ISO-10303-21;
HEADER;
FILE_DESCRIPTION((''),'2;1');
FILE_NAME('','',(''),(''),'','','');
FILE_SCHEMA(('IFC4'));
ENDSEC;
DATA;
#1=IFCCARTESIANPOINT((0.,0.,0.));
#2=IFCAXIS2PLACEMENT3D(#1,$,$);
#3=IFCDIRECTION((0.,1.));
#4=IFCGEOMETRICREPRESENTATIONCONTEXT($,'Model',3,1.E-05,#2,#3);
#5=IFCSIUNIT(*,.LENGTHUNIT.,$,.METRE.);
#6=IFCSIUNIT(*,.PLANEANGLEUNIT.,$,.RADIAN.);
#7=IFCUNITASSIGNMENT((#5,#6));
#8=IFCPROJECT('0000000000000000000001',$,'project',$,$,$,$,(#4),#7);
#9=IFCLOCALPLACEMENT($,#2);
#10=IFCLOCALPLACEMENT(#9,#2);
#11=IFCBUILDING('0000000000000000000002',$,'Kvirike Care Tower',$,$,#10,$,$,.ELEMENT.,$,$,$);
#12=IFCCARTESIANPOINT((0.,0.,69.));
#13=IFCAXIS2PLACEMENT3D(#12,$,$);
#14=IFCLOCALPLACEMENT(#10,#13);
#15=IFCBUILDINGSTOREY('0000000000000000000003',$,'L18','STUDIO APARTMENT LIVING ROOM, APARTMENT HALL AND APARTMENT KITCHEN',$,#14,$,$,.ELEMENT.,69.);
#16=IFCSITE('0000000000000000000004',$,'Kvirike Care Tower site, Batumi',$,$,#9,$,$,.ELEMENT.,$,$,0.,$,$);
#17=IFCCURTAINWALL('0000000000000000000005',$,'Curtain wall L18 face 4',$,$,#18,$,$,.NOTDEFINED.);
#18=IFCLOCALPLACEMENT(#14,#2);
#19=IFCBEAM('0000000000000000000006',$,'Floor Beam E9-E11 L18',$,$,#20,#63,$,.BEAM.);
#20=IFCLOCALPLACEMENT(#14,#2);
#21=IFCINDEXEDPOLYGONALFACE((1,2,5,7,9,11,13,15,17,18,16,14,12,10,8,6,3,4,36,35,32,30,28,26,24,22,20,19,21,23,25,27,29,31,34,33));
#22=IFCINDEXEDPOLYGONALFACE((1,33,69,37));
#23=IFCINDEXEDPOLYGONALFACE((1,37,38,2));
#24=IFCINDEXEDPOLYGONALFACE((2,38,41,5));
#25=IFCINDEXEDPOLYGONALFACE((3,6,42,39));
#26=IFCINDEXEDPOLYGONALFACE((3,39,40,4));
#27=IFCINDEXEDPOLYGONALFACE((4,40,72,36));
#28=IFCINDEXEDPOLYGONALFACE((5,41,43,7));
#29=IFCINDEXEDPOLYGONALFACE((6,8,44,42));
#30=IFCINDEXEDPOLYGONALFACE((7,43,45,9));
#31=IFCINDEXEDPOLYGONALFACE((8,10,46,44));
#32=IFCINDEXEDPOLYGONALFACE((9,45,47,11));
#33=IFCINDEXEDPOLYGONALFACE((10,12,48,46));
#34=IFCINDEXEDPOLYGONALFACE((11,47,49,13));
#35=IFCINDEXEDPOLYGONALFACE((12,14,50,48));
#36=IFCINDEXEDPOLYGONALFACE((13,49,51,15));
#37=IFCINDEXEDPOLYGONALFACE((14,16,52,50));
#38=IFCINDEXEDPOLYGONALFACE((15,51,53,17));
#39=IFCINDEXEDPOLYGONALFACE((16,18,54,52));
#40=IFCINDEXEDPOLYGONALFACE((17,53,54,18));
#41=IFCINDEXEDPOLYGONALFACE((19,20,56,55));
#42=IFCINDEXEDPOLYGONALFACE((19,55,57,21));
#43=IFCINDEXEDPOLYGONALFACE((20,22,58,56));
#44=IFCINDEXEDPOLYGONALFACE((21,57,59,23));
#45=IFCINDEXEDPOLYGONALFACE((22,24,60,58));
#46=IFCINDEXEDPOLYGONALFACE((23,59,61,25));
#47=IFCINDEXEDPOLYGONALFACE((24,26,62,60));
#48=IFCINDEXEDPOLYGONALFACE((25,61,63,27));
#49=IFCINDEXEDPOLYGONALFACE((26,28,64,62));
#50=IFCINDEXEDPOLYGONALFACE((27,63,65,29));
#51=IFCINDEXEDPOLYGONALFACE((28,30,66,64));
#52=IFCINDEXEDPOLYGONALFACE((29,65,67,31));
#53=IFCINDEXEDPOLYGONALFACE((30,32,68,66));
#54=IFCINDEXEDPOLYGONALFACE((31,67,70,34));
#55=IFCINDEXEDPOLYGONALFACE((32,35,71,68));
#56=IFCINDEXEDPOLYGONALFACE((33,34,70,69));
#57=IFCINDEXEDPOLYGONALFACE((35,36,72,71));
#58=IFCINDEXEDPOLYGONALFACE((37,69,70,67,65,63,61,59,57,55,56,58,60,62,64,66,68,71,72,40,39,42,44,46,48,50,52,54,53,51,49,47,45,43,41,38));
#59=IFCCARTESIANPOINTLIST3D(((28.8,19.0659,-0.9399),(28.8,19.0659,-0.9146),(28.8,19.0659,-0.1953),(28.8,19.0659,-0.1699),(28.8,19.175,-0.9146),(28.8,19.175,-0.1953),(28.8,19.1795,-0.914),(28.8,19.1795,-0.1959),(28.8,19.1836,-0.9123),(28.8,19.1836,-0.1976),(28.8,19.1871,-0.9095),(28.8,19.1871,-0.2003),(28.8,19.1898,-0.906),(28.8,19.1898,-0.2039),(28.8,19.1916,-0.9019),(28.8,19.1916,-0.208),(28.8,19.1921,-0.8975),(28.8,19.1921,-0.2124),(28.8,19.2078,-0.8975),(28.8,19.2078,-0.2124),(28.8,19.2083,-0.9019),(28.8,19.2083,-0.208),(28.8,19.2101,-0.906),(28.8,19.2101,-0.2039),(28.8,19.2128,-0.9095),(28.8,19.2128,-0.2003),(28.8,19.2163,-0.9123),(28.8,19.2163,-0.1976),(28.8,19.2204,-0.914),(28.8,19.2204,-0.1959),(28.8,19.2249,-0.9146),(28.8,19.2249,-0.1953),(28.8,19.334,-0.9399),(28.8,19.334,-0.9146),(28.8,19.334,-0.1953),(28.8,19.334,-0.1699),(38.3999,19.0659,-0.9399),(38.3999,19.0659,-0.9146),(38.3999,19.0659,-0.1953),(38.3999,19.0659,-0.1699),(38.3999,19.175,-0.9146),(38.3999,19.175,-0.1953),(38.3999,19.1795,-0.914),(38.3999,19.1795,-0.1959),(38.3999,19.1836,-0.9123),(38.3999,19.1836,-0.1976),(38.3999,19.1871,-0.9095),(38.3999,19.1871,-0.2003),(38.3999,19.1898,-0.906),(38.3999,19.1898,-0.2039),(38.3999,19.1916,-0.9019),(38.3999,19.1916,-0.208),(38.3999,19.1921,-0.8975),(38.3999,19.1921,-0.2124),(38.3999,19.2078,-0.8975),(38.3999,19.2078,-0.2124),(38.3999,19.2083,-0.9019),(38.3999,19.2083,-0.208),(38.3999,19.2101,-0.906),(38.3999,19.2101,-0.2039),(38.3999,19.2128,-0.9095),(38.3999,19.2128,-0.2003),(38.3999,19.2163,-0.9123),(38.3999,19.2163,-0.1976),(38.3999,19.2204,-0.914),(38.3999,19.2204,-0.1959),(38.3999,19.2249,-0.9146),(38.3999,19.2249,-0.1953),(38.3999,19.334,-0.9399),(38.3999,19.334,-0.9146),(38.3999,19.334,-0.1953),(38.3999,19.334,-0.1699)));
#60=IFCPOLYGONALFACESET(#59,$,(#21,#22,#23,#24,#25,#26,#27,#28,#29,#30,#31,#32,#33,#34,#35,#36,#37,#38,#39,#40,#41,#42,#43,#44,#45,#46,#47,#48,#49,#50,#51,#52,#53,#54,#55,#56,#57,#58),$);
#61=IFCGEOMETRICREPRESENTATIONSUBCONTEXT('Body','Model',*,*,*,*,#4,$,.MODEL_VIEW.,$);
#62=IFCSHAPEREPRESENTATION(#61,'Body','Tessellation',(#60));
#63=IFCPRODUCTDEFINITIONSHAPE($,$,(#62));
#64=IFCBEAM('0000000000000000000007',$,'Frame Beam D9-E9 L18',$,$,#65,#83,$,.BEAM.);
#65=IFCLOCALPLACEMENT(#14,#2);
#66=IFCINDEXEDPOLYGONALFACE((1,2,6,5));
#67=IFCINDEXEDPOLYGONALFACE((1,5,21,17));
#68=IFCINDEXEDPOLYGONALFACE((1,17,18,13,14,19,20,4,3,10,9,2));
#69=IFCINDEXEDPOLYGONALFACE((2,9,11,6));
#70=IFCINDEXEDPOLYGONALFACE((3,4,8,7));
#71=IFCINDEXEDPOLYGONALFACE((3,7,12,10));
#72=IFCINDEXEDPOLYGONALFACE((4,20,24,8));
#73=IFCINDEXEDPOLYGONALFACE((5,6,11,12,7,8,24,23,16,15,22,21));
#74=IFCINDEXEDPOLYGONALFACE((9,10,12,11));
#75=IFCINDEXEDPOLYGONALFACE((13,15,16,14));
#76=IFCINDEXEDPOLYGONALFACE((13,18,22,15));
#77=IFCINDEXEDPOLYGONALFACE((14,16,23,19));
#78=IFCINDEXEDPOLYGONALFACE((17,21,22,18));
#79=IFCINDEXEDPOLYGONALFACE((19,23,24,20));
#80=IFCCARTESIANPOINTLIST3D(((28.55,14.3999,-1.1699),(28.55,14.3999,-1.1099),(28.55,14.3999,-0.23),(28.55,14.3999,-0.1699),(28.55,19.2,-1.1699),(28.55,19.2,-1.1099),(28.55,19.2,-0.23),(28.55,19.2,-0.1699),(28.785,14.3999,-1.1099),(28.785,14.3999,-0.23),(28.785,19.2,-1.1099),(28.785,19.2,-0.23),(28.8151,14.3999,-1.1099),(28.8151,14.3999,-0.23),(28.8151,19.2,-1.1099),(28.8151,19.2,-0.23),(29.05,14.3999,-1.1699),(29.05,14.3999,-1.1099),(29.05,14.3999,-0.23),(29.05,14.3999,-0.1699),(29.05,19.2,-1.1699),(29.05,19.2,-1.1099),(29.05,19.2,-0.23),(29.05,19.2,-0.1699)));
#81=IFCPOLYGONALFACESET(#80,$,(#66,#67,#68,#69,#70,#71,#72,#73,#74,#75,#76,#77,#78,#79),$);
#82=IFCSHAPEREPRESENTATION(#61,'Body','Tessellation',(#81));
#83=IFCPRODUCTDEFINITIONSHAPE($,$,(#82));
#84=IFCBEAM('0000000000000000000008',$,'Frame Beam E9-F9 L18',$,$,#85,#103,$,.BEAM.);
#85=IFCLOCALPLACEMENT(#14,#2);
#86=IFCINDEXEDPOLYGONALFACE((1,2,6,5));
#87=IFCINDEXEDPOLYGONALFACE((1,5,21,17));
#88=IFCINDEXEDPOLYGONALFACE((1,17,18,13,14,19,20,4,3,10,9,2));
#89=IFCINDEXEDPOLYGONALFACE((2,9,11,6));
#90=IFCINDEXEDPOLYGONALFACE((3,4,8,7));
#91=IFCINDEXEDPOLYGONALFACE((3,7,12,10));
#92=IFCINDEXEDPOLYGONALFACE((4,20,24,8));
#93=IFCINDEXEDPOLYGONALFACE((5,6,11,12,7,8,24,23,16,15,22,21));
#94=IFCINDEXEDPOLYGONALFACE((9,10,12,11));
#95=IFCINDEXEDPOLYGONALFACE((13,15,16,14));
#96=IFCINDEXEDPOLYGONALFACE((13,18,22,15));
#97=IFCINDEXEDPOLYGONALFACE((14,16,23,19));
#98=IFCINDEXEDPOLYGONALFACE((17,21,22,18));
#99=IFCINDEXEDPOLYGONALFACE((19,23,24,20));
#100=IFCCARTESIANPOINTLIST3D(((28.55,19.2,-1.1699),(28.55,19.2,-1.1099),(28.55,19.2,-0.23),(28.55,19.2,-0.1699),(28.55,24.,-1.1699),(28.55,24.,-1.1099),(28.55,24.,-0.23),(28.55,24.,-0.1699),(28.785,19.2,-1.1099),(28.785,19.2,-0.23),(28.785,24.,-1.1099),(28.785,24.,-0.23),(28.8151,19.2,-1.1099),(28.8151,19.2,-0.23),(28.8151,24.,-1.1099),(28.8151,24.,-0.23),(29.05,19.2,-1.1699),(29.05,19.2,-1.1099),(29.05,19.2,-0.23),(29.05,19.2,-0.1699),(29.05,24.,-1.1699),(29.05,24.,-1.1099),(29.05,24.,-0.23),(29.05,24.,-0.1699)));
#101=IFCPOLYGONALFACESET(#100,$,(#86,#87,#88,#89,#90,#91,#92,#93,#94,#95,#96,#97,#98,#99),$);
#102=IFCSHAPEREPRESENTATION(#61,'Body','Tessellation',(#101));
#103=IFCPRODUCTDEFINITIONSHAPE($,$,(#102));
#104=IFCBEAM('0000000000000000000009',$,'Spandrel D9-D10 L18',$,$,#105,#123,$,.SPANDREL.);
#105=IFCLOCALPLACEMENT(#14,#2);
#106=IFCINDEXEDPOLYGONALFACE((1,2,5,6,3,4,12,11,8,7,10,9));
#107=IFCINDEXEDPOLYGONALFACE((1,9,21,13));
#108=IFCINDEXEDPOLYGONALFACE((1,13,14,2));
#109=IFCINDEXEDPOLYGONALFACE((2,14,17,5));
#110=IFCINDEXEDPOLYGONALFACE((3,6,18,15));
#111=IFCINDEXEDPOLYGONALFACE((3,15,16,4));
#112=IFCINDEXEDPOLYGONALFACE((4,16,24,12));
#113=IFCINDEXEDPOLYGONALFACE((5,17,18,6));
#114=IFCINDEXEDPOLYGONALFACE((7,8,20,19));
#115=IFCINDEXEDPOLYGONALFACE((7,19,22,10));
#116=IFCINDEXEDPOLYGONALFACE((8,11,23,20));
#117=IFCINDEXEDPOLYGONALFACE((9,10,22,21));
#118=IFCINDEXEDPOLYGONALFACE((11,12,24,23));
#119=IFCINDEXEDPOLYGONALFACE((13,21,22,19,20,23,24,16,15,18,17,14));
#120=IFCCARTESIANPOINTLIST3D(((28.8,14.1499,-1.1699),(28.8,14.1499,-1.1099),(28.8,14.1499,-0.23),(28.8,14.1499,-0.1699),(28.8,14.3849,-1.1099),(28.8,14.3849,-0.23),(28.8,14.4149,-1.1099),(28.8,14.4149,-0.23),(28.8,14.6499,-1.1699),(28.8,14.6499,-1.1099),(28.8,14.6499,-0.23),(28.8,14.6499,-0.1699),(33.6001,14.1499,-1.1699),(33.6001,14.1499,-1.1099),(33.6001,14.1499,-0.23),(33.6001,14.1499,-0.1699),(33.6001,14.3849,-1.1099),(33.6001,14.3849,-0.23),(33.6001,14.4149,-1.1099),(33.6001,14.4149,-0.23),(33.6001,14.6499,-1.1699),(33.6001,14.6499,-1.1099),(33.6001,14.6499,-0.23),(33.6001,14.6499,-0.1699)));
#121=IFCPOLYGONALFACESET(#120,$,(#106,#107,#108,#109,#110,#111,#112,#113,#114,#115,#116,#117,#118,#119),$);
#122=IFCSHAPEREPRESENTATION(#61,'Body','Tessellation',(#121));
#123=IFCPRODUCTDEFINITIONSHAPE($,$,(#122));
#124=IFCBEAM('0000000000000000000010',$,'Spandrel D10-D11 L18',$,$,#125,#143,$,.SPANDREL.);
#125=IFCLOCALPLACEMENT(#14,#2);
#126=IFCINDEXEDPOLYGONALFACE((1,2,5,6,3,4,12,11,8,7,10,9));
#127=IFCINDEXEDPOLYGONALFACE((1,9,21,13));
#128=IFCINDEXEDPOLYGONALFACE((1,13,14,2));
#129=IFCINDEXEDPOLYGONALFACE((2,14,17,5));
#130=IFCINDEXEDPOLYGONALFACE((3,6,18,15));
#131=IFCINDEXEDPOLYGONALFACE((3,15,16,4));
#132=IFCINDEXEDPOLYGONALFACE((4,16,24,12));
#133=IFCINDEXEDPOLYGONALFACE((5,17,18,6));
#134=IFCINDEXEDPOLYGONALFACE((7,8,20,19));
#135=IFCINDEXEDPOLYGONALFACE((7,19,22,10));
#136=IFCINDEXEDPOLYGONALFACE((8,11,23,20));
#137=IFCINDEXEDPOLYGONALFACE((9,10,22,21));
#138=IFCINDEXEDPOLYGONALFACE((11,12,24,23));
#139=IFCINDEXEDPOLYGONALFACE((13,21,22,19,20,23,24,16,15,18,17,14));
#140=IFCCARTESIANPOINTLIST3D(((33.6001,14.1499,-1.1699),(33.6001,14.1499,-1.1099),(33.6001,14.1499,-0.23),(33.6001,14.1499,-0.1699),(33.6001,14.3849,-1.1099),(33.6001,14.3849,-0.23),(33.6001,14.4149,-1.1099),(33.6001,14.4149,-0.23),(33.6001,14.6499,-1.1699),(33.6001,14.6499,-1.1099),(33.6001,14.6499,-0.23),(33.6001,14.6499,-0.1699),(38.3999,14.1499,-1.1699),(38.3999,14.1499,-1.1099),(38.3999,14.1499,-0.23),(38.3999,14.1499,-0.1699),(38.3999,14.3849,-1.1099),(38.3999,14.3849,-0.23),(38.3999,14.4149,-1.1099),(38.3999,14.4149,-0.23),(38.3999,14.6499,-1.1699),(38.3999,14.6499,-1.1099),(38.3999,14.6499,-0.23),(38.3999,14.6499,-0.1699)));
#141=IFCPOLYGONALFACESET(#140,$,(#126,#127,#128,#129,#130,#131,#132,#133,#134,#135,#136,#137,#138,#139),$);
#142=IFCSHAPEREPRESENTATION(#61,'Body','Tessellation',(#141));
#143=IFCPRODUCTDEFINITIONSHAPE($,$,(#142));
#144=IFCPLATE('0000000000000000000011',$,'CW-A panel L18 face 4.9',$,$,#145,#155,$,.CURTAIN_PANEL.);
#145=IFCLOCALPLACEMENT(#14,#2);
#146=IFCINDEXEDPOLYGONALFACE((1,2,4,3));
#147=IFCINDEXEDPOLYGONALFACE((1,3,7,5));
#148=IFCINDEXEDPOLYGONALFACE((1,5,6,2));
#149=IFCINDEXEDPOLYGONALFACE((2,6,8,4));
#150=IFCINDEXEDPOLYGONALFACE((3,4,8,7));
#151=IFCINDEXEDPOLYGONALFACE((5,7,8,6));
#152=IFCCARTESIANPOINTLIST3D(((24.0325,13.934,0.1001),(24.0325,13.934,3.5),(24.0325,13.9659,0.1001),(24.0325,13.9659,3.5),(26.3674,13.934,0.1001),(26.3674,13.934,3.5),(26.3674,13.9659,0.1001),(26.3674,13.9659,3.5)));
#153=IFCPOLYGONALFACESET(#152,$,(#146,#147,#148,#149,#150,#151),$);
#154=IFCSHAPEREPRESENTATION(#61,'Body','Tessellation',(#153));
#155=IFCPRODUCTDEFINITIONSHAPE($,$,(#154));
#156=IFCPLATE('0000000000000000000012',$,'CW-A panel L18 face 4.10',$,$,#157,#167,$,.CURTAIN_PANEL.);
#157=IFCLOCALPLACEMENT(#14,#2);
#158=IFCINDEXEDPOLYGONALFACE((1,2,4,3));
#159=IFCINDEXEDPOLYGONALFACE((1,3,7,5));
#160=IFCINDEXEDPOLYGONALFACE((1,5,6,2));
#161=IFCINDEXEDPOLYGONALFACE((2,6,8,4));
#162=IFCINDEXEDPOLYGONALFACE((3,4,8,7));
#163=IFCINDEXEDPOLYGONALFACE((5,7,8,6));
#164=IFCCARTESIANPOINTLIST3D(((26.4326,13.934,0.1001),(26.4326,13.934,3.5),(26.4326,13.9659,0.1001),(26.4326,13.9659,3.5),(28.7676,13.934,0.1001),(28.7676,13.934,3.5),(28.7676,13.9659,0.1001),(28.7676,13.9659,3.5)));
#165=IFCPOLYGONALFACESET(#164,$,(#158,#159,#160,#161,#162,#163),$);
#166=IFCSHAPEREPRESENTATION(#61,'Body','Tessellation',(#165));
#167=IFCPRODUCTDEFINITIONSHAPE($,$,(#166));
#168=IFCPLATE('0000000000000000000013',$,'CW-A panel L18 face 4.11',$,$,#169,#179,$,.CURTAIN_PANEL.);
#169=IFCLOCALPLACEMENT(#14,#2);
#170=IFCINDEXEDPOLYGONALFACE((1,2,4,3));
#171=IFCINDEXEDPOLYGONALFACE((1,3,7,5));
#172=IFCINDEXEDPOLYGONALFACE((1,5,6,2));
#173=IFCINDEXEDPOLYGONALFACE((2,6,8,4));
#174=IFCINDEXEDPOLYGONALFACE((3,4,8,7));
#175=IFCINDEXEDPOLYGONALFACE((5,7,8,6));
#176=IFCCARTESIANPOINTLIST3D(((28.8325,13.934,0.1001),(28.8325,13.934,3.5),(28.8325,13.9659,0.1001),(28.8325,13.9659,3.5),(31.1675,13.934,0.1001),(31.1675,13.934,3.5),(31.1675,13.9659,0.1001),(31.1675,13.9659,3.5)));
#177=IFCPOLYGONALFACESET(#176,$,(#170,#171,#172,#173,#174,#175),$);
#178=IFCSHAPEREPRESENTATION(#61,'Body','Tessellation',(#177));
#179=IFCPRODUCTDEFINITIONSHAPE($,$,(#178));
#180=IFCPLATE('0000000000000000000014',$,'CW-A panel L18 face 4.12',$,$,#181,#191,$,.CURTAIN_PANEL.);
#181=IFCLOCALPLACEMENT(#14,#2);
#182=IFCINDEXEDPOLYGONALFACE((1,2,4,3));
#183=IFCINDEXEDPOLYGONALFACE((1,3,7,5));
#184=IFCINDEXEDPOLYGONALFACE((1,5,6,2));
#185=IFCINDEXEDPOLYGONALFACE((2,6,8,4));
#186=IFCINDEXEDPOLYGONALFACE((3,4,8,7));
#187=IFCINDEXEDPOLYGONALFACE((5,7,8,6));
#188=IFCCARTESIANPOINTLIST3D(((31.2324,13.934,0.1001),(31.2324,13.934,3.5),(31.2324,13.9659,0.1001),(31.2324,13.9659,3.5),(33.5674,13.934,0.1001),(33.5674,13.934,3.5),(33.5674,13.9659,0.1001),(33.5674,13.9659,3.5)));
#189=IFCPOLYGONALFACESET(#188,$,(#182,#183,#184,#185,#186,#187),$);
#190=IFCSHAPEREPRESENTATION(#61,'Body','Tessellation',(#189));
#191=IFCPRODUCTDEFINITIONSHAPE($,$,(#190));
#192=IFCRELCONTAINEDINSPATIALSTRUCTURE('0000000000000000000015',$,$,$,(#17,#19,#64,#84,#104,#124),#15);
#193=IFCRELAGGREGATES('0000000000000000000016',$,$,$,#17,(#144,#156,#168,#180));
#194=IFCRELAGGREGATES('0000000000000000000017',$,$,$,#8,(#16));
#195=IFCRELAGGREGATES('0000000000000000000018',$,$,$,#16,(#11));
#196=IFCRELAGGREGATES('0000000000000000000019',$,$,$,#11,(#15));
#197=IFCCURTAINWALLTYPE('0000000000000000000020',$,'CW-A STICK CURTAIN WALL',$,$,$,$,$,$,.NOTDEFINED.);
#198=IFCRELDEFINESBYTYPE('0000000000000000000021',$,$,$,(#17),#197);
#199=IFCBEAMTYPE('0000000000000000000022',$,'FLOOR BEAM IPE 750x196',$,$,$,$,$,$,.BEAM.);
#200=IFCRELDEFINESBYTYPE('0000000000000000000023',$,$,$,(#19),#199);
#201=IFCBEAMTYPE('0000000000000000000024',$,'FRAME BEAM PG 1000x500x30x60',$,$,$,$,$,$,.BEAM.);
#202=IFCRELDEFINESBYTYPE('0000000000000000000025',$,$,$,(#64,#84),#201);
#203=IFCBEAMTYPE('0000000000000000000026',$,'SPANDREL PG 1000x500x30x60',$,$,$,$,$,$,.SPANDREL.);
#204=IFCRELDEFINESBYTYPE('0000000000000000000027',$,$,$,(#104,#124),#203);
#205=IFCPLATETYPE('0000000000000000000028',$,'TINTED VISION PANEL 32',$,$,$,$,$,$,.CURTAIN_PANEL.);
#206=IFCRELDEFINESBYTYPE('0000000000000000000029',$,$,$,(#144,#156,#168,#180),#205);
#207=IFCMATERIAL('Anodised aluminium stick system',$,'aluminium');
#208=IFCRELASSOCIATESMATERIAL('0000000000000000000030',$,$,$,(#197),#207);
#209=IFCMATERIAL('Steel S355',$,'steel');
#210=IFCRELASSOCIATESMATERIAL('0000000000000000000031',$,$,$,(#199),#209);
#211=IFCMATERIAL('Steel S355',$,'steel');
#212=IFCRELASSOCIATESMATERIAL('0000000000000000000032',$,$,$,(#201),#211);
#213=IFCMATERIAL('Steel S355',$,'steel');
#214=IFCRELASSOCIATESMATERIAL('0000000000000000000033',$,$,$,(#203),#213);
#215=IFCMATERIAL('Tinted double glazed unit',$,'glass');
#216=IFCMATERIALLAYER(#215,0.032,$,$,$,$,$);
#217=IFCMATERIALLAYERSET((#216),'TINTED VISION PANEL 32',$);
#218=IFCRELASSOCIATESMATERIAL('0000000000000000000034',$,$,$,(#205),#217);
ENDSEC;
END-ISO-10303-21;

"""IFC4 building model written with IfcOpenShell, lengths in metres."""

from ifc_helpers import new_model, si_unit, direction, frame, origin, origin_2d, place, context, subcontext, project, spatial, rectangle, i_section, extrude, material, layer, layer_set, material_profile, profile_set, type_object, element, aggregate, save


model = new_model("IFC4")

# Units and contexts
model_context = context("Model", 3, precision=1e-05, world=origin(), true_north=direction((0.0, 1.0)))
body_context = subcontext(model_context, "Body", "Model", "MODEL_VIEW")
ifc_project = project(units=[si_unit("LENGTHUNIT", "METRE"), si_unit("PLANEANGLEUNIT", "RADIAN")], contexts=[model_context])

# Site, building, storey
site_placement = place(None, origin())
site = spatial("IfcSite", under=ifc_project, at=site_placement, Name="Kvirike Care Tower site, Batumi", CompositionType="ELEMENT", RefElevation=0.0)
building_placement = place(site_placement, origin())
building = spatial("IfcBuilding", under=site, at=building_placement, Name="Kvirike Care Tower", CompositionType="ELEMENT")
storey_placement = place(building_placement, frame((0.0, 0.0, 69.0)))
storey = spatial("IfcBuildingStorey", under=building, at=storey_placement, Name="L18", Description="STUDIO APARTMENT LIVING ROOM, APARTMENT HALL AND APARTMENT KITCHEN", CompositionType="ELEMENT", Elevation=69.0)

# Curtain wall
ifc_material_1 = material(Name="Anodised aluminium stick system", Category="aluminium")
curtain_wall_type = type_object("IfcCurtainWallType", Name="CW-A STICK CURTAIN WALL", PredefinedType="NOTDEFINED", material=ifc_material_1)
curtain_wall_placement = place(storey_placement, origin())
curtain_wall = element("IfcCurtainWall", 1, at=curtain_wall_placement, inside=storey, type_object=curtain_wall_type, Name="Curtain wall L18 face 4", PredefinedType="NOTDEFINED")

# Beams
ifc_material_2 = material(Name="Steel S355", Category="steel")
ifc_material_profile_1 = material_profile(ifc_material_2, i_section(OverallWidth=0.2681, OverallDepth=0.77, WebThickness=0.0156, FlangeThickness=0.0254, FilletRadius=0.0171, at=origin_2d()), Name="IPE 750x196")
ifc_profile_set_1 = profile_set([ifc_material_profile_1], Name="Steel S355")
beam_type_1 = type_object("IfcBeamType", Name="FLOOR BEAM IPE 750x196", PredefinedType="BEAM", material=ifc_profile_set_1)
beam_1_placement = place(storey_placement, frame((28.8, 19.2, -0.5549), z_axis=(1.0, 0.0, 0.0), x_axis=(0.0, 1.0, 0.0)))
element("IfcBeam", 2, at=beam_1_placement, inside=storey, type_object=beam_type_1, Name="Floor Beam E9-E11 L18", PredefinedType="BEAM", context=body_context, shape_type="SweptSolid", body=[
    extrude(i_section(OverallWidth=0.2681, OverallDepth=0.77, WebThickness=0.0156, FlangeThickness=0.0254, FilletRadius=0.0171, at=origin_2d()), origin(), (0.0, 0.0, 1.0), 9.5999),
])
ifc_material_3 = material(Name="Steel S355", Category="steel")
ifc_material_profile_2 = material_profile(ifc_material_3, i_section(OverallWidth=0.5, OverallDepth=1.0, WebThickness=0.03, FlangeThickness=0.0601, at=origin_2d()), Name="PG 1000x500x30x60")
ifc_profile_set_2 = profile_set([ifc_material_profile_2], Name="Steel S355")
beam_type_2 = type_object("IfcBeamType", Name="FRAME BEAM PG 1000x500x30x60", PredefinedType="BEAM", material=ifc_profile_set_2)
for number, where, z_axis, x_axis, name in (
    (3, (28.8, 14.3999, -0.6699), (0.0, 1.0, 0.0), (-1.0, 0.0, 0.0), "Frame Beam D9-E9 L18"),
    (4, (28.8, 19.2, -0.6699), (0.0, 1.0, 0.0), (-1.0, 0.0, 0.0), "Frame Beam E9-F9 L18"),
):
    element("IfcBeam", number, at=place(storey_placement, frame(where, z_axis=z_axis, x_axis=x_axis)), inside=storey, type_object=beam_type_2, Name=name, PredefinedType="BEAM", context=body_context, shape_type="SweptSolid", body=[
        extrude(i_section(OverallWidth=0.5, OverallDepth=1.0, WebThickness=0.03, FlangeThickness=0.0601, at=origin_2d()), origin(), (0.0, 0.0, 1.0), 4.8),
    ])
ifc_material_4 = material(Name="Steel S355", Category="steel")
ifc_material_profile_3 = material_profile(ifc_material_4, i_section(OverallWidth=0.5, OverallDepth=1.0, WebThickness=0.03, FlangeThickness=0.0601, at=origin_2d()), Name="PG 1000x500x30x60")
ifc_profile_set_3 = profile_set([ifc_material_profile_3], Name="Steel S355")
beam_type_3 = type_object("IfcBeamType", Name="SPANDREL PG 1000x500x30x60", PredefinedType="SPANDREL", material=ifc_profile_set_3)
beam_2_placement = place(storey_placement, frame((28.8, 14.3999, -0.6699), z_axis=(1.0, 0.0, 0.0), x_axis=(0.0, 1.0, 0.0)))
element("IfcBeam", 5, at=beam_2_placement, inside=storey, type_object=beam_type_3, Name="Spandrel D9-D10 L18", PredefinedType="SPANDREL", context=body_context, shape_type="SweptSolid", body=[
    extrude(i_section(OverallWidth=0.5, OverallDepth=1.0, WebThickness=0.03, FlangeThickness=0.0601, at=origin_2d()), origin(), (0.0, 0.0, 1.0), 4.8),
])
beam_3_placement = place(storey_placement, frame((33.6001, 14.3999, -0.6699), z_axis=(1.0, 0.0, 0.0), x_axis=(0.0, 1.0, 0.0)))
element("IfcBeam", 6, at=beam_3_placement, inside=storey, type_object=beam_type_3, Name="Spandrel D10-D11 L18", PredefinedType="SPANDREL", context=body_context, shape_type="SweptSolid", body=[
    extrude(i_section(OverallWidth=0.5, OverallDepth=1.0, WebThickness=0.03, FlangeThickness=0.0601, at=origin_2d()), origin(), (0.0, 0.0, 1.0), 4.7998),
])

# Plates
ifc_material_5 = material(Name="Tinted double glazed unit", Category="glass")
ifc_layer_1 = layer(ifc_material_5, 0.032)
ifc_layer_set_1 = layer_set([ifc_layer_1], Name="TINTED VISION PANEL 32")
plate_type = type_object("IfcPlateType", Name="TINTED VISION PANEL 32", PredefinedType="CURTAIN_PANEL", material=ifc_layer_set_1)
plate_1_placement = place(storey_placement, frame((25.2, 13.95, 0.1001), z_axis=(0.0, 0.0, 1.0), x_axis=(1.0, 0.0, 0.0)))
plate_1 = element("IfcPlate", 7, at=plate_1_placement, type_object=plate_type, Name="CW-A panel L18 face 4.9", PredefinedType="CURTAIN_PANEL", context=body_context, shape_type="SweptSolid", body=[
    extrude(rectangle(XDim=2.335, YDim=0.032, at=origin_2d()), origin(), (0.0, 0.0, 1.0), 3.3999),
])
plate_2_placement = place(storey_placement, frame((27.6001, 13.95, 0.1001), z_axis=(0.0, 0.0, 1.0), x_axis=(1.0, 0.0, 0.0)))
plate_2 = element("IfcPlate", 8, at=plate_2_placement, type_object=plate_type, Name="CW-A panel L18 face 4.10", PredefinedType="CURTAIN_PANEL", context=body_context, shape_type="SweptSolid", body=[
    extrude(rectangle(XDim=2.335, YDim=0.032, at=origin_2d()), origin(), (0.0, 0.0, 1.0), 3.3999),
])
plate_3_placement = place(storey_placement, frame((30.0, 13.95, 0.1001), z_axis=(0.0, 0.0, 1.0), x_axis=(1.0, 0.0, 0.0)))
plate_3 = element("IfcPlate", 9, at=plate_3_placement, type_object=plate_type, Name="CW-A panel L18 face 4.11", PredefinedType="CURTAIN_PANEL", context=body_context, shape_type="SweptSolid", body=[
    extrude(rectangle(XDim=2.335, YDim=0.032, at=origin_2d()), origin(), (0.0, 0.0, 1.0), 3.3999),
])
plate_4_placement = place(storey_placement, frame((32.3999, 13.95, 0.1001), z_axis=(0.0, 0.0, 1.0), x_axis=(1.0, 0.0, 0.0)))
plate_4 = element("IfcPlate", 10, at=plate_4_placement, type_object=plate_type, Name="CW-A panel L18 face 4.12", PredefinedType="CURTAIN_PANEL", context=body_context, shape_type="SweptSolid", body=[
    extrude(rectangle(XDim=2.335, YDim=0.032, at=origin_2d()), origin(), (0.0, 0.0, 1.0), 3.3999),
])
aggregate(curtain_wall, [plate_1, plate_2, plate_3, plate_4])

save(model, "model.ifc")
